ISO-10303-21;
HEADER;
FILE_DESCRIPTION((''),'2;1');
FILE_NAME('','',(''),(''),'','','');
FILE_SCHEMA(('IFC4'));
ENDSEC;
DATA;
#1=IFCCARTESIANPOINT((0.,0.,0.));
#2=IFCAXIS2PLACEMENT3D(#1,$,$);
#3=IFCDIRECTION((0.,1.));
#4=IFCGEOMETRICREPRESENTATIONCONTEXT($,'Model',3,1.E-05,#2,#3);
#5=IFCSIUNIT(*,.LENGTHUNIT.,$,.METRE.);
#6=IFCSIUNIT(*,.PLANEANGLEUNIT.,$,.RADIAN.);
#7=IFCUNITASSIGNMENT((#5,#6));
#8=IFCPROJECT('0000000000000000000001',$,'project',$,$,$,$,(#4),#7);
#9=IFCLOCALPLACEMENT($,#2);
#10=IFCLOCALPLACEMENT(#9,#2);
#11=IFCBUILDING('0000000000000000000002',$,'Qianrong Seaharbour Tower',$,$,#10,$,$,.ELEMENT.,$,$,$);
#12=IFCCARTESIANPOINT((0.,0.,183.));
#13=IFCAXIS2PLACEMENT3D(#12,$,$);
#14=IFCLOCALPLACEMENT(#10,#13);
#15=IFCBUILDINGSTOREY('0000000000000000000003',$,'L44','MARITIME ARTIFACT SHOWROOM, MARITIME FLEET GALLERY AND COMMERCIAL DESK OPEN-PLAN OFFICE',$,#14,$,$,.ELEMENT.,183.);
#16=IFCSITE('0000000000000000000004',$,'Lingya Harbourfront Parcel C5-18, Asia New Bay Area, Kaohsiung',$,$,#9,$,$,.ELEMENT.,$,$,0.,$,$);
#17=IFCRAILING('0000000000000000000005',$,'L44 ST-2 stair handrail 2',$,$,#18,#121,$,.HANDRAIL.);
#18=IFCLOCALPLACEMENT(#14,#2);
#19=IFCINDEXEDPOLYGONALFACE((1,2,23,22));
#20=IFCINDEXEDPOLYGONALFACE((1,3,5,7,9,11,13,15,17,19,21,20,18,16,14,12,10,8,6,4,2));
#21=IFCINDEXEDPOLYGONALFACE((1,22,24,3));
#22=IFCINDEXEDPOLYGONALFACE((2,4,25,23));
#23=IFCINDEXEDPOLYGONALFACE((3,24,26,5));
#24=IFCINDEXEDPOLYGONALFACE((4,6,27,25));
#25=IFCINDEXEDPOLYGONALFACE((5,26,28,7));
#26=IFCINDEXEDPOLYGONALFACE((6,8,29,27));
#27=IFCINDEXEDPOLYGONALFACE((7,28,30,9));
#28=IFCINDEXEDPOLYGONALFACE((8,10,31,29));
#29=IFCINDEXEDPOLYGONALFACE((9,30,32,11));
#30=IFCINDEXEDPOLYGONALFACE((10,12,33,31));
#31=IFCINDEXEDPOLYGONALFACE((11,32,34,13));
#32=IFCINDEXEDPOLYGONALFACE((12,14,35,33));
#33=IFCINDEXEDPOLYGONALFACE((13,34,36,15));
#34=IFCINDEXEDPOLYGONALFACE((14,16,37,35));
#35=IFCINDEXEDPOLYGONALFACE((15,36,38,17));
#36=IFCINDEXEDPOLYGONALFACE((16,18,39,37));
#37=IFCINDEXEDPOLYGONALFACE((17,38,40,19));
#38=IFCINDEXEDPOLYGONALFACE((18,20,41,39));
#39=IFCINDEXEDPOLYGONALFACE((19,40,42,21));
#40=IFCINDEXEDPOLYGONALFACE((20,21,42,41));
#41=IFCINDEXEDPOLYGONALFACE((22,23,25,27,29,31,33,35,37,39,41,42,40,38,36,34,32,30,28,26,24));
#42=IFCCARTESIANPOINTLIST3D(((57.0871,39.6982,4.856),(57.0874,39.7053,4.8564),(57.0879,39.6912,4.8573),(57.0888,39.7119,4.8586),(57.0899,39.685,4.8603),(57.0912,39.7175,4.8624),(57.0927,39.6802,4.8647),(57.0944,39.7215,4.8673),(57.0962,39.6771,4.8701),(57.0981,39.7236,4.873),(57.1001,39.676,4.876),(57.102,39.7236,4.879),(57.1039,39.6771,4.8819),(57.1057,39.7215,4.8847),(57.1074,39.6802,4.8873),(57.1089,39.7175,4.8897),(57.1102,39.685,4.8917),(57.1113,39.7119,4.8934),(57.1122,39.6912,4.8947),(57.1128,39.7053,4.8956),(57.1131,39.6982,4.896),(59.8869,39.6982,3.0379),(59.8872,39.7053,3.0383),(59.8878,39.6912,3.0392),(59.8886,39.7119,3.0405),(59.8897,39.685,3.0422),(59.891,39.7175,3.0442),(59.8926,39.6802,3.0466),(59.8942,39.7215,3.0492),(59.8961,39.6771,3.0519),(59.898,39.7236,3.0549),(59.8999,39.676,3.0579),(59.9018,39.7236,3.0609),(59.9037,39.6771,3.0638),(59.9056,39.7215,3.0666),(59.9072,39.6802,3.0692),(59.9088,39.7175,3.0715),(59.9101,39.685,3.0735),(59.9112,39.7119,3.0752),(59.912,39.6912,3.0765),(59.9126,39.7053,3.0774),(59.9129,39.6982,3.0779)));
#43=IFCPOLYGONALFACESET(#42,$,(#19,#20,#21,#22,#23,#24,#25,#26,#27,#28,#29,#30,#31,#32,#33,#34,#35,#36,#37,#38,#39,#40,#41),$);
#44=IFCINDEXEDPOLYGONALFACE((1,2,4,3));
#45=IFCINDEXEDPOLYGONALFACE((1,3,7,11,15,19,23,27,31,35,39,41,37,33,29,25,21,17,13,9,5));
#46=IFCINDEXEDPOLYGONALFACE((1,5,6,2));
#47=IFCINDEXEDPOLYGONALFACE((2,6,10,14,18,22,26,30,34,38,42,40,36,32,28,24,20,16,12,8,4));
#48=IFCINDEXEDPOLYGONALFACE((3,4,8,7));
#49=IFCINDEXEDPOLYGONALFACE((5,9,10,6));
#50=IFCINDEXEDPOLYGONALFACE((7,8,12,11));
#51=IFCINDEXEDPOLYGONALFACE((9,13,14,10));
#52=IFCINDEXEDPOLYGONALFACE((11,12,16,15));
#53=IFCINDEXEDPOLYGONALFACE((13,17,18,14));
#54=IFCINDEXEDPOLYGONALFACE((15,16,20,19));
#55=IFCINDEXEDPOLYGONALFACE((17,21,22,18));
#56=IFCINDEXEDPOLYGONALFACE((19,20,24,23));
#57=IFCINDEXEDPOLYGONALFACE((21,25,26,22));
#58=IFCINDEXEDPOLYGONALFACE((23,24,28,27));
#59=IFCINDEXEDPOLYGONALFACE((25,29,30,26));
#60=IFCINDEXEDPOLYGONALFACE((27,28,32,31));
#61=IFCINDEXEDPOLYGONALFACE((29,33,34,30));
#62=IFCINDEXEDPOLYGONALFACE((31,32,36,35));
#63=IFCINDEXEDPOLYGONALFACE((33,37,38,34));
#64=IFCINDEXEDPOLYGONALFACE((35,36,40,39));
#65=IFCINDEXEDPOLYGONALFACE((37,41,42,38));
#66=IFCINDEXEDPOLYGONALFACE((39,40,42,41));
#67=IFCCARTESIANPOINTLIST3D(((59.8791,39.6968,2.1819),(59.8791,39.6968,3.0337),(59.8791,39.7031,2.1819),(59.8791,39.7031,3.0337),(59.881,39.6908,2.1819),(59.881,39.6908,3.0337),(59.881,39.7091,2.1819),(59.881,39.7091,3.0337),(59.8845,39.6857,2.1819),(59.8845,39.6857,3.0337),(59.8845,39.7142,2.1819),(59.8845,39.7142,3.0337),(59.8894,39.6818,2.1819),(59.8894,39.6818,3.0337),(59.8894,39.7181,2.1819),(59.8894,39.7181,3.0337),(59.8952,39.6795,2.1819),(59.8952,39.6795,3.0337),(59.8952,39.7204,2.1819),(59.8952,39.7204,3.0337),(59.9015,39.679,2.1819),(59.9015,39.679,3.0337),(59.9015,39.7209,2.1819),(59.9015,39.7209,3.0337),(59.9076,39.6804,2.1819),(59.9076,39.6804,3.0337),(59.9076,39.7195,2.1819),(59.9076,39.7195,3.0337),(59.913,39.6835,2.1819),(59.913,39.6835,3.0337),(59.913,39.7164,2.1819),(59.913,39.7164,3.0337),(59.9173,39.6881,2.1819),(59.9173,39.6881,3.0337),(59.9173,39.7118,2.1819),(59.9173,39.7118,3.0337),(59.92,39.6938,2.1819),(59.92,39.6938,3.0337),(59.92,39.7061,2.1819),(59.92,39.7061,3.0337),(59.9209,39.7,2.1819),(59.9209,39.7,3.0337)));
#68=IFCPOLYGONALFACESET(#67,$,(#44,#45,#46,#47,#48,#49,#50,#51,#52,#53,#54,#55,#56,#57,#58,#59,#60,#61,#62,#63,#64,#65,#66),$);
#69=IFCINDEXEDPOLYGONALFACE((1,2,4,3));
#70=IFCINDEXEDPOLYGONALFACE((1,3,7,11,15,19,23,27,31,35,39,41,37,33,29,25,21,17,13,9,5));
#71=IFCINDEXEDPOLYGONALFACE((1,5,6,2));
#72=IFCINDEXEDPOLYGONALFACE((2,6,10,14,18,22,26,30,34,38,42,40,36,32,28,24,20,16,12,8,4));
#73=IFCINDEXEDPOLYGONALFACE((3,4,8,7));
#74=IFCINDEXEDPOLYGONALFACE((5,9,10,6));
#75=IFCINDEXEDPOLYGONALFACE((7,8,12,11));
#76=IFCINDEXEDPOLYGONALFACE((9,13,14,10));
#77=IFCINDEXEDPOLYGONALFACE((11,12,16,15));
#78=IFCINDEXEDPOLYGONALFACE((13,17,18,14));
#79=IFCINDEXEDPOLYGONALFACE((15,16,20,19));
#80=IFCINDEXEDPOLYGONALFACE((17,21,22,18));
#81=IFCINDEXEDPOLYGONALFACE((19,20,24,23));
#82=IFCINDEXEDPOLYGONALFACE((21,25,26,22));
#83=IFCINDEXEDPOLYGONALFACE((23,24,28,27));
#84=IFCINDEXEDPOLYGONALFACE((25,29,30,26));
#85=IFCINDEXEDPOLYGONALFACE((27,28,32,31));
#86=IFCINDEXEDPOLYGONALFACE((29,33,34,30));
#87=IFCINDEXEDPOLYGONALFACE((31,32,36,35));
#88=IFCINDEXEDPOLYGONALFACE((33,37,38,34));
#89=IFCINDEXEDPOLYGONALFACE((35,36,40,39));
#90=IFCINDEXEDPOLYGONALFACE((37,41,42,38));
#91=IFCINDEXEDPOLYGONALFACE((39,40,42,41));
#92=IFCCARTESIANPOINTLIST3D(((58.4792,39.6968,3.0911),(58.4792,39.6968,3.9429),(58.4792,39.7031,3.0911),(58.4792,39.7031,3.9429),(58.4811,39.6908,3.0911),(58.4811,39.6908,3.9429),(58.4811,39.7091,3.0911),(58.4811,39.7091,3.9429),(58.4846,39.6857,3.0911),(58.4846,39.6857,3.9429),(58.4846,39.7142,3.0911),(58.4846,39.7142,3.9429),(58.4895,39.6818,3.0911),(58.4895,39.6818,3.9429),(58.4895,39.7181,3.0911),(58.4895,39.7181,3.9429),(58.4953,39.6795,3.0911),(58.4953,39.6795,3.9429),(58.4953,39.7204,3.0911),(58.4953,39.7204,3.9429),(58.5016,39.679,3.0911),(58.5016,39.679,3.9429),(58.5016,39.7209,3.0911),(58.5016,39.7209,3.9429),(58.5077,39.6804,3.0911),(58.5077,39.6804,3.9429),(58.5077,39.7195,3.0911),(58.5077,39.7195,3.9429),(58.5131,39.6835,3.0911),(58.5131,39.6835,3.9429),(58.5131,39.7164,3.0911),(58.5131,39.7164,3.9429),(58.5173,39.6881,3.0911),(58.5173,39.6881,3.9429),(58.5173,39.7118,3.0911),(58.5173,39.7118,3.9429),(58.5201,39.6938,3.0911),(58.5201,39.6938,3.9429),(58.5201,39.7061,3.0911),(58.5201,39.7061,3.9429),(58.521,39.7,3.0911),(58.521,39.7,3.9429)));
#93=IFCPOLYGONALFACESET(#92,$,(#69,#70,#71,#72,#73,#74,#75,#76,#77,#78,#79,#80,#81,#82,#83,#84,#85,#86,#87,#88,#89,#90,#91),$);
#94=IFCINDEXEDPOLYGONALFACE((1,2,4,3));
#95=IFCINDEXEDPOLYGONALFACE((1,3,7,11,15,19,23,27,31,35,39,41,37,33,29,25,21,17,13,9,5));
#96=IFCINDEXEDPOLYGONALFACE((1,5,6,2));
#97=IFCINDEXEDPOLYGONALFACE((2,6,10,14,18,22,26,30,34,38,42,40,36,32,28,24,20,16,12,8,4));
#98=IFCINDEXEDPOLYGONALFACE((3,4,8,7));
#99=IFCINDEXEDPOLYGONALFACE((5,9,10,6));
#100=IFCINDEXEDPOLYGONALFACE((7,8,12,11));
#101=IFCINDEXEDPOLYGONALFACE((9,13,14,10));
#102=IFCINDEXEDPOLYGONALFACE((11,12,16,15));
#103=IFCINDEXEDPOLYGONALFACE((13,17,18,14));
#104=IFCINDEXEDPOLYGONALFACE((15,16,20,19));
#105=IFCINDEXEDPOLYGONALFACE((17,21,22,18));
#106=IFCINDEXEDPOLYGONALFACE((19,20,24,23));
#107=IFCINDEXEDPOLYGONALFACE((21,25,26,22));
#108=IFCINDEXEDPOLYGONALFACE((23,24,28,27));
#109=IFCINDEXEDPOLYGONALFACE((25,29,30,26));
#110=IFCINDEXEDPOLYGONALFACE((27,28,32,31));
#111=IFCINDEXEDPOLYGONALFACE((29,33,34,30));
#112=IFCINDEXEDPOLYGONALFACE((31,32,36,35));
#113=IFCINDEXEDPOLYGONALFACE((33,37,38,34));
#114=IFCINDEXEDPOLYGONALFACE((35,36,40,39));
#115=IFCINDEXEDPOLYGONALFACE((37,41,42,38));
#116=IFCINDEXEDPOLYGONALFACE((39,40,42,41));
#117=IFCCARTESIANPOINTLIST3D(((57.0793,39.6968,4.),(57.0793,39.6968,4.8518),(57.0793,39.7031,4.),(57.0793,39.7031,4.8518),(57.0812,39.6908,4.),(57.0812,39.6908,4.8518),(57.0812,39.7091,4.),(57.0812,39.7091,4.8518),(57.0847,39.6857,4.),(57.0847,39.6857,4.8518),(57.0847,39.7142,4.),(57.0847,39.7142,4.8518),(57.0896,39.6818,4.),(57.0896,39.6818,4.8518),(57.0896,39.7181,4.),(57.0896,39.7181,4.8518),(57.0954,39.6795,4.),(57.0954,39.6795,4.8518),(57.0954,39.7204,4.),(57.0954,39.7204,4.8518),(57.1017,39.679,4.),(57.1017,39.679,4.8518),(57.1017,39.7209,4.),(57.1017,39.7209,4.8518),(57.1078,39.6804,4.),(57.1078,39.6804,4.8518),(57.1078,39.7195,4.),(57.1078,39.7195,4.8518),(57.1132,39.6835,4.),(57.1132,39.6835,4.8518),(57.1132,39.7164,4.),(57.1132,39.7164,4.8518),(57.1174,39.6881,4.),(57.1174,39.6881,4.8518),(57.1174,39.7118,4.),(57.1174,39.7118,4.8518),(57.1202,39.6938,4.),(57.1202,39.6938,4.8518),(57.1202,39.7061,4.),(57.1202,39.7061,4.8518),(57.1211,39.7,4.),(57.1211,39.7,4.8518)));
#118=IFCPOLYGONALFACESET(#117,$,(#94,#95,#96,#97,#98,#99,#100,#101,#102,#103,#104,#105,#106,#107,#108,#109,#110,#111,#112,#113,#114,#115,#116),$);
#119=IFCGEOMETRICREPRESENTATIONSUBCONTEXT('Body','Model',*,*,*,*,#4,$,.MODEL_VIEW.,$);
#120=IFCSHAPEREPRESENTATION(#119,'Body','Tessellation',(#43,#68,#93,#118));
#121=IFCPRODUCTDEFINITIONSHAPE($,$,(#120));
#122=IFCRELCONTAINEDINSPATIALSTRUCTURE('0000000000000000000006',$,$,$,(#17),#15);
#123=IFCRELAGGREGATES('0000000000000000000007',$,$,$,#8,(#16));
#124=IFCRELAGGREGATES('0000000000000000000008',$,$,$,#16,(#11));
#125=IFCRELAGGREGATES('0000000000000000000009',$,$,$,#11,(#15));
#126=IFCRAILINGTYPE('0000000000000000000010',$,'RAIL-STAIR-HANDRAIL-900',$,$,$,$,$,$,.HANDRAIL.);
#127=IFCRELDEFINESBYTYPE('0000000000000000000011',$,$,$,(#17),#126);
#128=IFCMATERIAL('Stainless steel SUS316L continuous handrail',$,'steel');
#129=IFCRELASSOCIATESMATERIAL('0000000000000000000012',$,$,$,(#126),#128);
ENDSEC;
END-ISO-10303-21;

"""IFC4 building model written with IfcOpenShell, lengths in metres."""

from ifc_helpers import new_model, si_unit, direction, frame, origin, origin_2d, place, context, subcontext, project, spatial, circle, extrude, material, type_object, element, save


model = new_model("IFC4")

# Units and contexts
model_context = context("Model", 3, precision=1e-05, world=origin(), true_north=direction((0.0, 1.0)))
body_context = subcontext(model_context, "Body", "Model", "MODEL_VIEW")
ifc_project = project(units=[si_unit("LENGTHUNIT", "METRE"), si_unit("PLANEANGLEUNIT", "RADIAN")], contexts=[model_context])

# Site, building, storey
site_placement = place(None, origin())
site = spatial("IfcSite", under=ifc_project, at=site_placement, Name="Lingya Harbourfront Parcel C5-18, Asia New Bay Area, Kaohsiung", CompositionType="ELEMENT", RefElevation=0.0)
building_placement = place(site_placement, origin())
building = spatial("IfcBuilding", under=site, at=building_placement, Name="Qianrong Seaharbour Tower", CompositionType="ELEMENT")
storey_placement = place(building_placement, frame((0.0, 0.0, 183.0)))
storey = spatial("IfcBuildingStorey", under=building, at=storey_placement, Name="L44", Description="MARITIME ARTIFACT SHOWROOM, MARITIME FLEET GALLERY AND COMMERCIAL DESK OPEN-PLAN OFFICE", CompositionType="ELEMENT", Elevation=183.0)

# Railing
ifc_material_1 = material(Name="Stainless steel SUS316L continuous handrail", Category="steel")
railing_type_1 = type_object("IfcRailingType", Name="RAIL-STAIR-HANDRAIL-900", PredefinedType="HANDRAIL", material=ifc_material_1)
railing_1_placement = place(storey_placement, frame((59.8999, 39.7, 2.1819)))
element("IfcRailing", 1, at=railing_1_placement, inside=storey, type_object=railing_type_1, Name="L44 ST-2 stair handrail 2", PredefinedType="HANDRAIL", context=body_context, shape_type="SweptSolid", body=[
    extrude(circle(Radius=0.0239, at=origin_2d()), frame((0.0, 0.0, 0.876), z_axis=(-0.838684, 0.0, 0.544618), x_axis=(0.0, -1.0, 0.0)), (0.0, 0.0, 1.0), 3.3384),
    extrude(circle(Radius=0.021, at=origin_2d()), origin(), (0.0, 0.0, 1.0), 0.8518),
    extrude(circle(Radius=0.021, at=origin_2d()), frame((-1.3999, 0.0, 0.9092)), (0.0, 0.0, 1.0), 0.8518),
    extrude(circle(Radius=0.021, at=origin_2d()), frame((-2.7998, 0.0, 1.8181)), (0.0, 0.0, 1.0), 0.8518),
])

save(model, "model.ifc")
